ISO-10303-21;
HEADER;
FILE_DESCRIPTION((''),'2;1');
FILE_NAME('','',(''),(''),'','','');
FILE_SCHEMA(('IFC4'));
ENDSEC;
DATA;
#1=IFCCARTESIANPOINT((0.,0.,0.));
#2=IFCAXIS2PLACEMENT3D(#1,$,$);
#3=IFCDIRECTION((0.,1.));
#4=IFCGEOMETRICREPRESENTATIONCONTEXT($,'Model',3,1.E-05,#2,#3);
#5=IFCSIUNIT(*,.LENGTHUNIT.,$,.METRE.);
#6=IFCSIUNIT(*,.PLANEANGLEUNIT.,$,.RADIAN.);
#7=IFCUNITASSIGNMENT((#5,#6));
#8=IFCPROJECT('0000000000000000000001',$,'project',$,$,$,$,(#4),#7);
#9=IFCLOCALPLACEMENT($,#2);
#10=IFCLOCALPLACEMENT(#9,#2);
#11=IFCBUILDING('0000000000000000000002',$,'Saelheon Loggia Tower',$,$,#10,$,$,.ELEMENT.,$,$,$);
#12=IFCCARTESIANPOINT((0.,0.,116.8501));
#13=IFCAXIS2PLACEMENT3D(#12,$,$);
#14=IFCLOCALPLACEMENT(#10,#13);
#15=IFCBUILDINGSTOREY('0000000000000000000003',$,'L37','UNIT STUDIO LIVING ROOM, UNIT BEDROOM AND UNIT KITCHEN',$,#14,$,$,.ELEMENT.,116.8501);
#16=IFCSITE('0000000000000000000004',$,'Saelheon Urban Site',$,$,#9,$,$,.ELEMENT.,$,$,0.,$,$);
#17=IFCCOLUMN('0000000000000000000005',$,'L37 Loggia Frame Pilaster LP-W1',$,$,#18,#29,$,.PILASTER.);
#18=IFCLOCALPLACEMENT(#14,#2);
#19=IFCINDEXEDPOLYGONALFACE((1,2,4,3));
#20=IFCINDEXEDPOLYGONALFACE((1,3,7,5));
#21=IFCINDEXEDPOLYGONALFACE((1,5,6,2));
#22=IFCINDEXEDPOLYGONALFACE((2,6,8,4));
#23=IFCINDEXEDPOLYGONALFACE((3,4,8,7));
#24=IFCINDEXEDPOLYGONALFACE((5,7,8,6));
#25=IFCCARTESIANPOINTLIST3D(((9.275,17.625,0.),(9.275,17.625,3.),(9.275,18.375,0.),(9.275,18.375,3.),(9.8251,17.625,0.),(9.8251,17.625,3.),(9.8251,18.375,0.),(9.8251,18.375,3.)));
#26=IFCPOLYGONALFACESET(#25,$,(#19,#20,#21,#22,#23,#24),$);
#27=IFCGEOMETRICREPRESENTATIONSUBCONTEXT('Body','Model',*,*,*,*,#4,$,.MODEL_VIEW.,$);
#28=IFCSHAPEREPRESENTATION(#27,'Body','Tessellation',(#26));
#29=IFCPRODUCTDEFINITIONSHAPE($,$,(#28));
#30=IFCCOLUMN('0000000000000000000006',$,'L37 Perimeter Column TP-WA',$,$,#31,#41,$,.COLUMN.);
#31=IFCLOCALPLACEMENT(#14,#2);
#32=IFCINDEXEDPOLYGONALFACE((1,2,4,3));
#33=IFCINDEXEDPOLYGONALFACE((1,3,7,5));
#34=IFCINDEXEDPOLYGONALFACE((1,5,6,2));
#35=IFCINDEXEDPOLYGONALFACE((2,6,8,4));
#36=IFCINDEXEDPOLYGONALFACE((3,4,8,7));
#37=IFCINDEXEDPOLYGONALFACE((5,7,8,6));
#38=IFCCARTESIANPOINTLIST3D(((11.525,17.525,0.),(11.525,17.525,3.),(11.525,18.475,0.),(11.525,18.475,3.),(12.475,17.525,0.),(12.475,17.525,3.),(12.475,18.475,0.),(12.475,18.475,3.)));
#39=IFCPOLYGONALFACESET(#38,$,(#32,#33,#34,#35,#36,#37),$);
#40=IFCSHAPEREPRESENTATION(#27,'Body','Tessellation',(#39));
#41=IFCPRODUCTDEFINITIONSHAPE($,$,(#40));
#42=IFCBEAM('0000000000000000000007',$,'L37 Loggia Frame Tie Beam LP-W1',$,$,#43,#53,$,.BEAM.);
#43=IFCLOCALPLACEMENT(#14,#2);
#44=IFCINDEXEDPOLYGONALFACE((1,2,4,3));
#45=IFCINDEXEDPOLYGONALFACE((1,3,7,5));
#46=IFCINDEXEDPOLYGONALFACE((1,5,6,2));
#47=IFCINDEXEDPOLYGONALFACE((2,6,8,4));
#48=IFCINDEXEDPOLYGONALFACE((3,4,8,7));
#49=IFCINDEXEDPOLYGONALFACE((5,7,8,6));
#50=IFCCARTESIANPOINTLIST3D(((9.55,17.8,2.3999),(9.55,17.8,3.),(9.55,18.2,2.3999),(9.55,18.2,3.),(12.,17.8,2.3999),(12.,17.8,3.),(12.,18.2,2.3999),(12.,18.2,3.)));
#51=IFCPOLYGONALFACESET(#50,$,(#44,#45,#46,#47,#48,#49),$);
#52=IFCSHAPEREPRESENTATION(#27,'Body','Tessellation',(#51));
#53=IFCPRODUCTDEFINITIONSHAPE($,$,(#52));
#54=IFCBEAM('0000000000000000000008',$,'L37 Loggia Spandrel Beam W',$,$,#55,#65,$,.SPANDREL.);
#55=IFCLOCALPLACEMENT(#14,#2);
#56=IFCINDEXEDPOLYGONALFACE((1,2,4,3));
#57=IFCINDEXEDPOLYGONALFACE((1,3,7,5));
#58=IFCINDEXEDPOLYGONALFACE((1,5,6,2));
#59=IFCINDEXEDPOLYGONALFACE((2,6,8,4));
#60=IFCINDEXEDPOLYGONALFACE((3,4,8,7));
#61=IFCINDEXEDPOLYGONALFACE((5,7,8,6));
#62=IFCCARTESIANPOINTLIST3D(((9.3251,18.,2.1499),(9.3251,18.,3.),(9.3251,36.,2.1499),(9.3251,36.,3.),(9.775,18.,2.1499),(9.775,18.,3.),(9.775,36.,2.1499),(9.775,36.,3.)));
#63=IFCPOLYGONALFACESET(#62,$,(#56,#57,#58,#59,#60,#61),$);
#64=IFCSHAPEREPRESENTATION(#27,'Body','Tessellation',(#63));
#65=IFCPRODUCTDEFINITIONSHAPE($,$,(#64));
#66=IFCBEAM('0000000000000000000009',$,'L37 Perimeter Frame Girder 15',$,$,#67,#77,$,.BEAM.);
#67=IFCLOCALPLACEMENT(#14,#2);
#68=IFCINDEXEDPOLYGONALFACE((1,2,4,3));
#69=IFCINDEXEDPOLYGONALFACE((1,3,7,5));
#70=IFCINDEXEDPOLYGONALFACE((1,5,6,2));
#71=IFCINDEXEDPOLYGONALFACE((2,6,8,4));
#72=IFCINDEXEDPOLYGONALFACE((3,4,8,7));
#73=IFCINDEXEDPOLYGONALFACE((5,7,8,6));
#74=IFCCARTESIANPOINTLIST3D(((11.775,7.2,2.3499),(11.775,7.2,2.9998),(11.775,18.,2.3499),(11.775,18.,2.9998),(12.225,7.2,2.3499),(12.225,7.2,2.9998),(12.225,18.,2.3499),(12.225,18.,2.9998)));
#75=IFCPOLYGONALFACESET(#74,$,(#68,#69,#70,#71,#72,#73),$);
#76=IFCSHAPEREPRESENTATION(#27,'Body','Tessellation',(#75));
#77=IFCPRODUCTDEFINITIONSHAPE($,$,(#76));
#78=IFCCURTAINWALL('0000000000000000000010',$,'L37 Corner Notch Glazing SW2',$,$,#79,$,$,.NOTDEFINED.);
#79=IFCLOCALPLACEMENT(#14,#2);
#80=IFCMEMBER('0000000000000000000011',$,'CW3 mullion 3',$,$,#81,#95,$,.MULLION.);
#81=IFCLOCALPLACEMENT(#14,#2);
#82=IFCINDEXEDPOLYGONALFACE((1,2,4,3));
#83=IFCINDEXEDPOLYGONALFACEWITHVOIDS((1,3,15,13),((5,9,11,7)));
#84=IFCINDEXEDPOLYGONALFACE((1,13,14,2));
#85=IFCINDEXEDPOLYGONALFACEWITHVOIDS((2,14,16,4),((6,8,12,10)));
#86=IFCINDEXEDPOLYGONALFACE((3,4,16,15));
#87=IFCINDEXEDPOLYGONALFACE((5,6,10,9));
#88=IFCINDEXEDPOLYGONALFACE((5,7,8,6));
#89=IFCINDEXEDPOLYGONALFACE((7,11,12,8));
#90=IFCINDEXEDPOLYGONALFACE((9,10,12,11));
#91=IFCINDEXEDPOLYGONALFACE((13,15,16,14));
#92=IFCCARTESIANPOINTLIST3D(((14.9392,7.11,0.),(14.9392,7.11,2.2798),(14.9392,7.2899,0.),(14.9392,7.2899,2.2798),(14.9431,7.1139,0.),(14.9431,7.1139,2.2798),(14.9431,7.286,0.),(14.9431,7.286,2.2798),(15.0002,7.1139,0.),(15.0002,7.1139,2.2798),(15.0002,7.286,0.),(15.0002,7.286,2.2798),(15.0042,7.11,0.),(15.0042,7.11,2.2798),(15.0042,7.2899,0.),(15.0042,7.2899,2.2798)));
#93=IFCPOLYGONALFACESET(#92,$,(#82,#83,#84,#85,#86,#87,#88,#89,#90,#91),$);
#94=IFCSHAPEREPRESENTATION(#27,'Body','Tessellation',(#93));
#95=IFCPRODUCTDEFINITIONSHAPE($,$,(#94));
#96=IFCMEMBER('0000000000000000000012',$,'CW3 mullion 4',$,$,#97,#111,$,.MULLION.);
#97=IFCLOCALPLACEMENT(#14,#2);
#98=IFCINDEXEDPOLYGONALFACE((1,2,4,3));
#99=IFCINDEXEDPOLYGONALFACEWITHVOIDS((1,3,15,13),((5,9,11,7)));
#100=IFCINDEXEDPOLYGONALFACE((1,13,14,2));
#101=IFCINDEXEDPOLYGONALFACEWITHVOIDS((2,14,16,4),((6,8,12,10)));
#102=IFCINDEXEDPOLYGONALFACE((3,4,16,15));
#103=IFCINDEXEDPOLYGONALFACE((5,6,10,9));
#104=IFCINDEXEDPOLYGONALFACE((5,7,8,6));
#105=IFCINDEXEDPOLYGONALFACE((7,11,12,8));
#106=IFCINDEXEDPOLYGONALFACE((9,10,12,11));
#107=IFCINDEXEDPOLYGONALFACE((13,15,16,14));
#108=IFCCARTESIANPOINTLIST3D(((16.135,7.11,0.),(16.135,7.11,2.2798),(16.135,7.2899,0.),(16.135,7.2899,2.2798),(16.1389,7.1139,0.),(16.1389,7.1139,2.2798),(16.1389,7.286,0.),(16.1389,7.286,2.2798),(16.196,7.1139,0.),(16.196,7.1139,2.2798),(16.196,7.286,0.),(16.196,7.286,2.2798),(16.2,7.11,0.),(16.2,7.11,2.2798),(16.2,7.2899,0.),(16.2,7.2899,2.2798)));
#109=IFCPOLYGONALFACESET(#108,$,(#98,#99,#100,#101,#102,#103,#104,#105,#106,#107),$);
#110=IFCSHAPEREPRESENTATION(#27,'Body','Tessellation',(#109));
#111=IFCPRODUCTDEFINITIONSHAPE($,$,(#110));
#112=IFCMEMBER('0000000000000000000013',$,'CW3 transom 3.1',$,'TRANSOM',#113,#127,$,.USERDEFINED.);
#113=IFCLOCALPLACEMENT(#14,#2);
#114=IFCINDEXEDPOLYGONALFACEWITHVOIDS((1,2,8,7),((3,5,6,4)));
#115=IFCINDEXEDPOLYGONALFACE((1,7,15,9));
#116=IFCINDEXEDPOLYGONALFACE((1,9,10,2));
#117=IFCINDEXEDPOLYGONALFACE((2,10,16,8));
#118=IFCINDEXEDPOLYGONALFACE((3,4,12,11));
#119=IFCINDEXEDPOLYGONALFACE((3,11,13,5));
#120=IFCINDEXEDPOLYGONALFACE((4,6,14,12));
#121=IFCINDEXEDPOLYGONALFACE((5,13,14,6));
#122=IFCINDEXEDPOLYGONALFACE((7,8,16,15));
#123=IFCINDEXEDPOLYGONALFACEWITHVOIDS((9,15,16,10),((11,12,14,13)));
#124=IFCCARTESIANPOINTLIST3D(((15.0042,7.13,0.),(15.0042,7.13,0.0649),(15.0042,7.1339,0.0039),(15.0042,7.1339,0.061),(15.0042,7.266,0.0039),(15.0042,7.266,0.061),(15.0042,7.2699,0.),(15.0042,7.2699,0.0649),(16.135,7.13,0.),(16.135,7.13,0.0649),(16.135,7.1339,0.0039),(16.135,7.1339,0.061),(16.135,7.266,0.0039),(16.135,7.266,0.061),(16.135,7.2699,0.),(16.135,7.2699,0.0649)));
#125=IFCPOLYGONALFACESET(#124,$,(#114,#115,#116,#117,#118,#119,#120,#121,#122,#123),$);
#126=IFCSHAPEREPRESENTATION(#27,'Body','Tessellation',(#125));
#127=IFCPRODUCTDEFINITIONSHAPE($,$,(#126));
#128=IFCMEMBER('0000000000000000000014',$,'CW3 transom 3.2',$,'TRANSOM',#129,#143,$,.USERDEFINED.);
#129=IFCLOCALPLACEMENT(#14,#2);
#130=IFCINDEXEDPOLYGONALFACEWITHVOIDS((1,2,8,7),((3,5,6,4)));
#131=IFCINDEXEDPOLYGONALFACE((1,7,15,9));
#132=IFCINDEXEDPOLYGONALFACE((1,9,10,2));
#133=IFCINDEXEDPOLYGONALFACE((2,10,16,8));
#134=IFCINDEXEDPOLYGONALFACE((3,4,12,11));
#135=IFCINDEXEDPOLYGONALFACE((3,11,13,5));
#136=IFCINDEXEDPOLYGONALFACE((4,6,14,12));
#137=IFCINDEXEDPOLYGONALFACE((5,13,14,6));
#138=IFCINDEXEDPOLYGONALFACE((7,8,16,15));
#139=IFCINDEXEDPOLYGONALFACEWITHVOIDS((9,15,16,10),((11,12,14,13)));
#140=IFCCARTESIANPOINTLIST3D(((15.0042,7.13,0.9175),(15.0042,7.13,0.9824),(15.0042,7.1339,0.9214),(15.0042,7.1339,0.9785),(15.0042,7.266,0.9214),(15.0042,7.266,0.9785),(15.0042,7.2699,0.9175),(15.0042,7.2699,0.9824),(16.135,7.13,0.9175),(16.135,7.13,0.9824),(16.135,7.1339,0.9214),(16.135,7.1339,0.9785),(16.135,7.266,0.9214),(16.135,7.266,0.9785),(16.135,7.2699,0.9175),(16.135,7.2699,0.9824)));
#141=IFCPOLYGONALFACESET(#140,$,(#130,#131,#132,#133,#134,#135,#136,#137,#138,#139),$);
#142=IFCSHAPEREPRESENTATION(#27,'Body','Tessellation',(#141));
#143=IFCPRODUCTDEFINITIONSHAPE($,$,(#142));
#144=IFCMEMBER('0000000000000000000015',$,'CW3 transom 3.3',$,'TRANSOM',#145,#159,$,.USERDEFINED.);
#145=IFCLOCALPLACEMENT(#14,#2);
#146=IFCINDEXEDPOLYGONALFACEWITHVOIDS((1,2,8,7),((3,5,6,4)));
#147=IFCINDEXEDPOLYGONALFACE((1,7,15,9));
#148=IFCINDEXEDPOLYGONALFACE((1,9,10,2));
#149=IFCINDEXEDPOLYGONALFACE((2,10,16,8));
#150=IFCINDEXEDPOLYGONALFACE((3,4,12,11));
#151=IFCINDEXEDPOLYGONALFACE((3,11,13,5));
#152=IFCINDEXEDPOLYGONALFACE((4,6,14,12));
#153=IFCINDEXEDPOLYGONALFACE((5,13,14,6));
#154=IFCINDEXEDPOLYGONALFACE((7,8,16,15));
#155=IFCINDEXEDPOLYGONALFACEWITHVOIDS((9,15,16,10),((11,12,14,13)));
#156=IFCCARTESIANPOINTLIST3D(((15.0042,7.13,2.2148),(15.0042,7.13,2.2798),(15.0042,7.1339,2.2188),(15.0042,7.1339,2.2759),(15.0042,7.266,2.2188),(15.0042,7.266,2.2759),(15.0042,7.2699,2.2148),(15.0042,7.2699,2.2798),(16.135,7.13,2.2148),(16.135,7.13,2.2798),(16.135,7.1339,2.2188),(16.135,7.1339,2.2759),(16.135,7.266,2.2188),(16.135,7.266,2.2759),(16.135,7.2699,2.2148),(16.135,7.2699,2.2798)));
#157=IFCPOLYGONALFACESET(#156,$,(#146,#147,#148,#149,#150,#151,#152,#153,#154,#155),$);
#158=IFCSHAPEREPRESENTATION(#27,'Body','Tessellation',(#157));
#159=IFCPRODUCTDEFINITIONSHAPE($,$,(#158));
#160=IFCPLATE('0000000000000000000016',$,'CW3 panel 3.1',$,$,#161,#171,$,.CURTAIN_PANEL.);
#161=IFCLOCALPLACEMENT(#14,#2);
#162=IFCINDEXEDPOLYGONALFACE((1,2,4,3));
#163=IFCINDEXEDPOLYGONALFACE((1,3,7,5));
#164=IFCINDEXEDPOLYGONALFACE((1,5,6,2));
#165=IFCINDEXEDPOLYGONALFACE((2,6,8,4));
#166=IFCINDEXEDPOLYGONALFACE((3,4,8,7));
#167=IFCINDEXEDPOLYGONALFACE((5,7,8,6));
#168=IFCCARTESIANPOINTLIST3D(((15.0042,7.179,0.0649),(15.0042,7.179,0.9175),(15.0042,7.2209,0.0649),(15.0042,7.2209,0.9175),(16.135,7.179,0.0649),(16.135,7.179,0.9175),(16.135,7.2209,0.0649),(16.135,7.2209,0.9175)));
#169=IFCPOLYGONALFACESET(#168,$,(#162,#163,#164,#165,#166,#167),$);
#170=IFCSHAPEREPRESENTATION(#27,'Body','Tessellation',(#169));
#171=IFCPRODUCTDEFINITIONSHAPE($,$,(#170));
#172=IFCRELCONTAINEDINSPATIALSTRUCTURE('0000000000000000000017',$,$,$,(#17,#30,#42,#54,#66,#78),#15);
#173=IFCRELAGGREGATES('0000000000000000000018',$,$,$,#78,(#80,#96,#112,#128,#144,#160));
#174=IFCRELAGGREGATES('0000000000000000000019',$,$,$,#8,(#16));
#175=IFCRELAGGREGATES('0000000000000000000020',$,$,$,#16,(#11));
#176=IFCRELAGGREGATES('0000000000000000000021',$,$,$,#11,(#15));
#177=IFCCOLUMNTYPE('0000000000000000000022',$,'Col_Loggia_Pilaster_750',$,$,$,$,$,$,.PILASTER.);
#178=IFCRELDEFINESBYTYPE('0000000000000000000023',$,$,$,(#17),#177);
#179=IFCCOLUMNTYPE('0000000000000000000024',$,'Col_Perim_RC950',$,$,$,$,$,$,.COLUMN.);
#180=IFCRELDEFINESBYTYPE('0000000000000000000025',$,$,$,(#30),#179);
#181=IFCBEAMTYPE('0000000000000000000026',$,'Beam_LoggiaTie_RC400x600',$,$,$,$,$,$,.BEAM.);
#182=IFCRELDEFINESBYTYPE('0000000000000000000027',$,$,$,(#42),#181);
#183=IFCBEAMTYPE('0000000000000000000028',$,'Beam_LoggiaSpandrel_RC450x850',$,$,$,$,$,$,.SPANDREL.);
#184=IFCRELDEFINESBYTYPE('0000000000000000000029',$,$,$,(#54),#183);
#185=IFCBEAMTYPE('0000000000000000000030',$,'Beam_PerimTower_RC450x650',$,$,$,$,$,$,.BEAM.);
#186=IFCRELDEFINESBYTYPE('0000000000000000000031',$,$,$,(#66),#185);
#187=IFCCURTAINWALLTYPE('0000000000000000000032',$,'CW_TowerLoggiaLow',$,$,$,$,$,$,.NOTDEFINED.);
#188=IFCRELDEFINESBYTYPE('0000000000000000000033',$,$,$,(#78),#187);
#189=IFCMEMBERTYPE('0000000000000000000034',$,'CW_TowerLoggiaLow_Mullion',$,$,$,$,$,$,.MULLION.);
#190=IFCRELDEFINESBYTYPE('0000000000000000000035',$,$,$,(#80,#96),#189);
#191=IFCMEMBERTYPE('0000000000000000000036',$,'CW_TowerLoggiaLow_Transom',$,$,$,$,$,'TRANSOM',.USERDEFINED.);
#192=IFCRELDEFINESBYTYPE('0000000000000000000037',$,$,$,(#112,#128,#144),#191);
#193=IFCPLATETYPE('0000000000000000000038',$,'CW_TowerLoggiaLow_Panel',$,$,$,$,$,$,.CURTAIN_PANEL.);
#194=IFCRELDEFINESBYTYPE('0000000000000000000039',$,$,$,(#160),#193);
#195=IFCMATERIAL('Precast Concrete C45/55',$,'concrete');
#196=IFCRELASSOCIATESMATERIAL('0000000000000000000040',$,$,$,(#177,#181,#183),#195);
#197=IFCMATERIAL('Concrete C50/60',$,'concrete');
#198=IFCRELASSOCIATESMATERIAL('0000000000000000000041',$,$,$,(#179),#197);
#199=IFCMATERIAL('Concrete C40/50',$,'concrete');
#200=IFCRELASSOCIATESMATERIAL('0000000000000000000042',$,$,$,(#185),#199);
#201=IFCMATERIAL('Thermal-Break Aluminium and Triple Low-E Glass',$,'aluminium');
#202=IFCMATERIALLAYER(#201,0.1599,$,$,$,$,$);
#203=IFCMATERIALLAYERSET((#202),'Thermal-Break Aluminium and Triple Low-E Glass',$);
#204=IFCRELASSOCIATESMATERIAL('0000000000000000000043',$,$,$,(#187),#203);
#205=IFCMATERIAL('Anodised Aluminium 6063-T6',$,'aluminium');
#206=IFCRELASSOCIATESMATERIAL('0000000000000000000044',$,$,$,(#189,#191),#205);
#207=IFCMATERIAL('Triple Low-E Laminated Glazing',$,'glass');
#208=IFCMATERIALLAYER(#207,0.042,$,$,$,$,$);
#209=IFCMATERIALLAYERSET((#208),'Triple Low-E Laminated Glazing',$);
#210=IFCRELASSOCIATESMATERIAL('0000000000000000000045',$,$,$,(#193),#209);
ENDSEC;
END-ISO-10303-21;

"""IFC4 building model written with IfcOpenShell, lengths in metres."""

from ifc_helpers import new_model, si_unit, direction, frame, origin, origin_2d, place, context, subcontext, project, spatial, rectangle, hollow_rectangle, extrude, source, transform, mapped, material, layer, layer_set, material_profile, profile_set, type_object, element, aggregate, save


model = new_model("IFC4")

# Units and contexts
model_context = context("Model", 3, precision=1e-05, world=origin(), true_north=direction((0.0, 1.0)))
body_context = subcontext(model_context, "Body", "Model", "MODEL_VIEW")
ifc_project = project(units=[si_unit("LENGTHUNIT", "METRE"), si_unit("PLANEANGLEUNIT", "RADIAN")], contexts=[model_context])

# Site, building, storey
site_placement = place(None, origin())
site = spatial("IfcSite", under=ifc_project, at=site_placement, Name="Saelheon Urban Site", CompositionType="ELEMENT", RefElevation=0.0)
building_placement = place(site_placement, origin())
building = spatial("IfcBuilding", under=site, at=building_placement, Name="Saelheon Loggia Tower", CompositionType="ELEMENT")
storey_placement = place(building_placement, frame((0.0, 0.0, 116.8501)))
storey = spatial("IfcBuildingStorey", under=building, at=storey_placement, Name="L37", Description="UNIT STUDIO LIVING ROOM, UNIT BEDROOM AND UNIT KITCHEN", CompositionType="ELEMENT", Elevation=116.8501)

# Columns
ifc_material_1 = material(Name="Precast Concrete C45/55", Category="concrete")
ifc_material_profile_1 = material_profile(ifc_material_1, rectangle(XDim=0.55, YDim=0.75, at=origin_2d()), Name="RC-550x750")
ifc_profile_set_1 = profile_set([ifc_material_profile_1], Name="Precast Concrete C45/55")
column_type_1 = type_object("IfcColumnType", Name="Col_Loggia_Pilaster_750", PredefinedType="PILASTER", material=ifc_profile_set_1)
shared_shape_1 = source(origin(), body_context, "Body", "SweptSolid", [
    extrude(rectangle(XDim=0.55, YDim=0.75, at=origin_2d()), origin(), (0.0, 0.0, 1.0), 3.0),
])
column_1_placement = place(storey_placement, frame((9.55, 18.0, 0.0), z_axis=(0.0, 0.0, 1.0), x_axis=(1.0, 0.0, 0.0)))
element("IfcColumn", 1, at=column_1_placement, inside=storey, type_object=column_type_1, Name="L37 Loggia Frame Pilaster LP-W1", PredefinedType="PILASTER", context=body_context, shape_type="MappedRepresentation", body=[
    mapped(shared_shape_1, transform((0.0, 0.0, 0.0), scale=1.0)),
])
ifc_material_2 = material(Name="Concrete C50/60", Category="concrete")
ifc_material_profile_2 = material_profile(ifc_material_2, rectangle(XDim=0.95, YDim=0.95, at=origin_2d()), Name="RC-950x950")
ifc_profile_set_2 = profile_set([ifc_material_profile_2], Name="Concrete C50/60")
column_type_2 = type_object("IfcColumnType", Name="Col_Perim_RC950", PredefinedType="COLUMN", material=ifc_profile_set_2)
shared_shape_2 = source(origin(), body_context, "Body", "SweptSolid", [
    extrude(rectangle(XDim=0.95, YDim=0.95, at=origin_2d()), origin(), (0.0, 0.0, 1.0), 3.0),
])
column_2_placement = place(storey_placement, frame((12.0, 18.0, 0.0), z_axis=(0.0, 0.0, 1.0), x_axis=(1.0, 0.0, 0.0)))
element("IfcColumn", 2, at=column_2_placement, inside=storey, type_object=column_type_2, Name="L37 Perimeter Column TP-WA", PredefinedType="COLUMN", context=body_context, shape_type="MappedRepresentation", body=[
    mapped(shared_shape_2, transform((0.0, 0.0, 0.0), scale=1.0)),
])

# Beams
ifc_material_profile_3 = material_profile(ifc_material_1, rectangle(XDim=0.3999, YDim=0.6001, at=origin_2d()), Name="RC-400x600")
ifc_profile_set_3 = profile_set([ifc_material_profile_3], Name="Precast Concrete C45/55")
beam_type_1 = type_object("IfcBeamType", Name="Beam_LoggiaTie_RC400x600", PredefinedType="BEAM", material=ifc_profile_set_3)
shared_shape_3 = source(origin(), body_context, "Body", "SweptSolid", [
    extrude(rectangle(XDim=0.3999, YDim=0.6001, at=origin_2d()), origin(), (0.0, 0.0, 1.0), 2.45),
])
beam_1_placement = place(storey_placement, frame((12.0, 18.0, 2.7), z_axis=(-1.0, 0.0, 0.0), x_axis=(0.0, -1.0, 0.0)))
element("IfcBeam", 3, at=beam_1_placement, inside=storey, type_object=beam_type_1, Name="L37 Loggia Frame Tie Beam LP-W1", PredefinedType="BEAM", context=body_context, shape_type="MappedRepresentation", body=[
    mapped(shared_shape_3, transform((0.0, 0.0, 0.0), scale=1.0)),
])
ifc_material_profile_4 = material_profile(ifc_material_1, rectangle(XDim=0.45, YDim=0.8501, at=origin_2d()), Name="RC-450x850")
ifc_profile_set_4 = profile_set([ifc_material_profile_4], Name="Precast Concrete C45/55")
beam_type_2 = type_object("IfcBeamType", Name="Beam_LoggiaSpandrel_RC450x850", PredefinedType="SPANDREL", material=ifc_profile_set_4)
shared_shape_4 = source(origin(), body_context, "Body", "SweptSolid", [
    extrude(rectangle(XDim=0.45, YDim=0.8501, at=origin_2d()), origin(), (0.0, 0.0, 1.0), 18.0),
])
beam_2_placement = place(storey_placement, frame((9.55, 18.0, 2.575), z_axis=(0.0, 1.0, 0.0), x_axis=(-1.0, 0.0, 0.0)))
element("IfcBeam", 4, at=beam_2_placement, inside=storey, type_object=beam_type_2, Name="L37 Loggia Spandrel Beam W", PredefinedType="SPANDREL", context=body_context, shape_type="MappedRepresentation", body=[
    mapped(shared_shape_4, transform((0.0, 0.0, 0.0), scale=1.0)),
])
ifc_material_3 = material(Name="Concrete C40/50", Category="concrete")
ifc_material_profile_5 = material_profile(ifc_material_3, rectangle(XDim=0.45, YDim=0.6499, at=origin_2d()), Name="RC-450x650")
ifc_profile_set_5 = profile_set([ifc_material_profile_5], Name="Concrete C40/50")
beam_type_3 = type_object("IfcBeamType", Name="Beam_PerimTower_RC450x650", PredefinedType="BEAM", material=ifc_profile_set_5)
shared_shape_5 = source(origin(), body_context, "Body", "SweptSolid", [
    extrude(rectangle(XDim=0.45, YDim=0.6499, at=origin_2d()), origin(), (0.0, 0.0, 1.0), 10.8),
])
beam_3_placement = place(storey_placement, frame((12.0, 18.0, 2.6748), z_axis=(0.0, -1.0, 0.0), x_axis=(1.0, 0.0, 0.0)))
element("IfcBeam", 5, at=beam_3_placement, inside=storey, type_object=beam_type_3, Name="L37 Perimeter Frame Girder 15", PredefinedType="BEAM", context=body_context, shape_type="MappedRepresentation", body=[
    mapped(shared_shape_5, transform((0.0, 0.0, 0.0), scale=1.0)),
])

# Curtain wall, members, plate
ifc_material_4 = material(Name="Thermal-Break Aluminium and Triple Low-E Glass", Category="aluminium")
ifc_layer_1 = layer(ifc_material_4, 0.1599)
ifc_layer_set_1 = layer_set([ifc_layer_1], Name="Thermal-Break Aluminium and Triple Low-E Glass")
curtain_wall_type = type_object("IfcCurtainWallType", Name="CW_TowerLoggiaLow", PredefinedType="NOTDEFINED", material=ifc_layer_set_1)
curtain_wall_placement = place(storey_placement, origin())
curtain_wall = element("IfcCurtainWall", 6, at=curtain_wall_placement, inside=storey, type_object=curtain_wall_type, Name="L37 Corner Notch Glazing SW2", PredefinedType="NOTDEFINED")
ifc_material_5 = material(Name="Anodised Aluminium 6063-T6", Category="aluminium")
ifc_material_profile_6 = material_profile(ifc_material_5, hollow_rectangle(XDim=0.0649, YDim=0.1799, WallThickness=0.0039, at=origin_2d()), Name="RHS-180x65x4")
ifc_profile_set_6 = profile_set([ifc_material_profile_6], Name="Anodised Aluminium 6063-T6")
member_type_1 = type_object("IfcMemberType", Name="CW_TowerLoggiaLow_Mullion", PredefinedType="MULLION", material=ifc_profile_set_6)
shared_shape_6 = source(origin(), body_context, "Body", "SweptSolid", [
    extrude(hollow_rectangle(XDim=0.0649, YDim=0.1799, WallThickness=0.0039, at=origin_2d()), origin(), (0.0, 0.0, 1.0), 2.2798),
])
member_1_placement = place(storey_placement, frame((14.9717, 7.2, 0.0), z_axis=(0.0, 0.0, 1.0), x_axis=(1.0, 0.0, 0.0)))
member_1 = element("IfcMember", 7, at=member_1_placement, type_object=member_type_1, Name="CW3 mullion 3", PredefinedType="MULLION", context=body_context, shape_type="MappedRepresentation", body=[
    mapped(shared_shape_6, transform((0.0, 0.0, 0.0), scale=1.0)),
])
member_2_placement = place(storey_placement, frame((16.1675, 7.2, 0.0), z_axis=(0.0, 0.0, 1.0), x_axis=(1.0, 0.0, 0.0)))
member_2 = element("IfcMember", 8, at=member_2_placement, type_object=member_type_1, Name="CW3 mullion 4", PredefinedType="MULLION", context=body_context, shape_type="MappedRepresentation", body=[
    mapped(shared_shape_6, transform((0.0, 0.0, 0.0), scale=1.0)),
])
ifc_material_profile_7 = material_profile(ifc_material_5, hollow_rectangle(XDim=0.0649, YDim=0.1399, WallThickness=0.0039, at=origin_2d()), Name="RHS-140x65x4")
ifc_profile_set_7 = profile_set([ifc_material_profile_7], Name="Anodised Aluminium 6063-T6")
member_type_2 = type_object("IfcMemberType", Name="CW_TowerLoggiaLow_Transom", ElementType="TRANSOM", PredefinedType="USERDEFINED", material=ifc_profile_set_7)
shared_shape_7 = source(origin(), body_context, "Body", "SweptSolid", [
    extrude(hollow_rectangle(XDim=0.0649, YDim=0.1399, WallThickness=0.0039, at=origin_2d()), origin(), (0.0, 0.0, 1.0), 1.1309),
])
member_3_placement = place(storey_placement, frame((15.0042, 7.2, 0.0325), z_axis=(1.0, 0.0, 0.0), x_axis=(0.0, 0.0, 1.0)))
member_3 = element("IfcMember", 9, at=member_3_placement, type_object=member_type_2, Name="CW3 transom 3.1", ObjectType="TRANSOM", PredefinedType="USERDEFINED", context=body_context, shape_type="MappedRepresentation", body=[
    mapped(shared_shape_7, transform((0.0, 0.0, 0.0), scale=1.0)),
])
member_4_placement = place(storey_placement, frame((15.0042, 7.2, 0.95), z_axis=(1.0, 0.0, 0.0), x_axis=(0.0, 0.0, 1.0)))
member_4 = element("IfcMember", 10, at=member_4_placement, type_object=member_type_2, Name="CW3 transom 3.2", ObjectType="TRANSOM", PredefinedType="USERDEFINED", context=body_context, shape_type="MappedRepresentation", body=[
    mapped(shared_shape_7, transform((0.0, 0.0, 0.0), scale=1.0)),
])
member_5_placement = place(storey_placement, frame((15.0042, 7.2, 2.2473), z_axis=(1.0, 0.0, 0.0), x_axis=(0.0, 0.0, 1.0)))
member_5 = element("IfcMember", 11, at=member_5_placement, type_object=member_type_2, Name="CW3 transom 3.3", ObjectType="TRANSOM", PredefinedType="USERDEFINED", context=body_context, shape_type="MappedRepresentation", body=[
    mapped(shared_shape_7, transform((0.0, 0.0, 0.0), scale=1.0)),
])
ifc_material_6 = material(Name="Triple Low-E Laminated Glazing", Category="glass")
ifc_layer_2 = layer(ifc_material_6, 0.042)
ifc_layer_set_2 = layer_set([ifc_layer_2], Name="Triple Low-E Laminated Glazing")
plate_type = type_object("IfcPlateType", Name="CW_TowerLoggiaLow_Panel", PredefinedType="CURTAIN_PANEL", material=ifc_layer_set_2)
shared_shape_8 = source(origin(), body_context, "Body", "SweptSolid", [
    extrude(rectangle(XDim=1.1309, YDim=0.042, at=origin_2d()), origin(), (0.0, 0.0, 1.0), 0.8525),
])
plate_1_placement = place(storey_placement, frame((15.5696, 7.2, 0.0649), z_axis=(0.0, 0.0, 1.0), x_axis=(1.0, 0.0, 0.0)))
plate_1 = element("IfcPlate", 12, at=plate_1_placement, type_object=plate_type, Name="CW3 panel 3.1", PredefinedType="CURTAIN_PANEL", context=body_context, shape_type="MappedRepresentation", body=[
    mapped(shared_shape_8, transform((0.0, 0.0, 0.0), scale=1.0)),
])
aggregate(curtain_wall, [member_1, member_2, member_3, member_4, member_5, plate_1])

save(model, "model.ifc")
